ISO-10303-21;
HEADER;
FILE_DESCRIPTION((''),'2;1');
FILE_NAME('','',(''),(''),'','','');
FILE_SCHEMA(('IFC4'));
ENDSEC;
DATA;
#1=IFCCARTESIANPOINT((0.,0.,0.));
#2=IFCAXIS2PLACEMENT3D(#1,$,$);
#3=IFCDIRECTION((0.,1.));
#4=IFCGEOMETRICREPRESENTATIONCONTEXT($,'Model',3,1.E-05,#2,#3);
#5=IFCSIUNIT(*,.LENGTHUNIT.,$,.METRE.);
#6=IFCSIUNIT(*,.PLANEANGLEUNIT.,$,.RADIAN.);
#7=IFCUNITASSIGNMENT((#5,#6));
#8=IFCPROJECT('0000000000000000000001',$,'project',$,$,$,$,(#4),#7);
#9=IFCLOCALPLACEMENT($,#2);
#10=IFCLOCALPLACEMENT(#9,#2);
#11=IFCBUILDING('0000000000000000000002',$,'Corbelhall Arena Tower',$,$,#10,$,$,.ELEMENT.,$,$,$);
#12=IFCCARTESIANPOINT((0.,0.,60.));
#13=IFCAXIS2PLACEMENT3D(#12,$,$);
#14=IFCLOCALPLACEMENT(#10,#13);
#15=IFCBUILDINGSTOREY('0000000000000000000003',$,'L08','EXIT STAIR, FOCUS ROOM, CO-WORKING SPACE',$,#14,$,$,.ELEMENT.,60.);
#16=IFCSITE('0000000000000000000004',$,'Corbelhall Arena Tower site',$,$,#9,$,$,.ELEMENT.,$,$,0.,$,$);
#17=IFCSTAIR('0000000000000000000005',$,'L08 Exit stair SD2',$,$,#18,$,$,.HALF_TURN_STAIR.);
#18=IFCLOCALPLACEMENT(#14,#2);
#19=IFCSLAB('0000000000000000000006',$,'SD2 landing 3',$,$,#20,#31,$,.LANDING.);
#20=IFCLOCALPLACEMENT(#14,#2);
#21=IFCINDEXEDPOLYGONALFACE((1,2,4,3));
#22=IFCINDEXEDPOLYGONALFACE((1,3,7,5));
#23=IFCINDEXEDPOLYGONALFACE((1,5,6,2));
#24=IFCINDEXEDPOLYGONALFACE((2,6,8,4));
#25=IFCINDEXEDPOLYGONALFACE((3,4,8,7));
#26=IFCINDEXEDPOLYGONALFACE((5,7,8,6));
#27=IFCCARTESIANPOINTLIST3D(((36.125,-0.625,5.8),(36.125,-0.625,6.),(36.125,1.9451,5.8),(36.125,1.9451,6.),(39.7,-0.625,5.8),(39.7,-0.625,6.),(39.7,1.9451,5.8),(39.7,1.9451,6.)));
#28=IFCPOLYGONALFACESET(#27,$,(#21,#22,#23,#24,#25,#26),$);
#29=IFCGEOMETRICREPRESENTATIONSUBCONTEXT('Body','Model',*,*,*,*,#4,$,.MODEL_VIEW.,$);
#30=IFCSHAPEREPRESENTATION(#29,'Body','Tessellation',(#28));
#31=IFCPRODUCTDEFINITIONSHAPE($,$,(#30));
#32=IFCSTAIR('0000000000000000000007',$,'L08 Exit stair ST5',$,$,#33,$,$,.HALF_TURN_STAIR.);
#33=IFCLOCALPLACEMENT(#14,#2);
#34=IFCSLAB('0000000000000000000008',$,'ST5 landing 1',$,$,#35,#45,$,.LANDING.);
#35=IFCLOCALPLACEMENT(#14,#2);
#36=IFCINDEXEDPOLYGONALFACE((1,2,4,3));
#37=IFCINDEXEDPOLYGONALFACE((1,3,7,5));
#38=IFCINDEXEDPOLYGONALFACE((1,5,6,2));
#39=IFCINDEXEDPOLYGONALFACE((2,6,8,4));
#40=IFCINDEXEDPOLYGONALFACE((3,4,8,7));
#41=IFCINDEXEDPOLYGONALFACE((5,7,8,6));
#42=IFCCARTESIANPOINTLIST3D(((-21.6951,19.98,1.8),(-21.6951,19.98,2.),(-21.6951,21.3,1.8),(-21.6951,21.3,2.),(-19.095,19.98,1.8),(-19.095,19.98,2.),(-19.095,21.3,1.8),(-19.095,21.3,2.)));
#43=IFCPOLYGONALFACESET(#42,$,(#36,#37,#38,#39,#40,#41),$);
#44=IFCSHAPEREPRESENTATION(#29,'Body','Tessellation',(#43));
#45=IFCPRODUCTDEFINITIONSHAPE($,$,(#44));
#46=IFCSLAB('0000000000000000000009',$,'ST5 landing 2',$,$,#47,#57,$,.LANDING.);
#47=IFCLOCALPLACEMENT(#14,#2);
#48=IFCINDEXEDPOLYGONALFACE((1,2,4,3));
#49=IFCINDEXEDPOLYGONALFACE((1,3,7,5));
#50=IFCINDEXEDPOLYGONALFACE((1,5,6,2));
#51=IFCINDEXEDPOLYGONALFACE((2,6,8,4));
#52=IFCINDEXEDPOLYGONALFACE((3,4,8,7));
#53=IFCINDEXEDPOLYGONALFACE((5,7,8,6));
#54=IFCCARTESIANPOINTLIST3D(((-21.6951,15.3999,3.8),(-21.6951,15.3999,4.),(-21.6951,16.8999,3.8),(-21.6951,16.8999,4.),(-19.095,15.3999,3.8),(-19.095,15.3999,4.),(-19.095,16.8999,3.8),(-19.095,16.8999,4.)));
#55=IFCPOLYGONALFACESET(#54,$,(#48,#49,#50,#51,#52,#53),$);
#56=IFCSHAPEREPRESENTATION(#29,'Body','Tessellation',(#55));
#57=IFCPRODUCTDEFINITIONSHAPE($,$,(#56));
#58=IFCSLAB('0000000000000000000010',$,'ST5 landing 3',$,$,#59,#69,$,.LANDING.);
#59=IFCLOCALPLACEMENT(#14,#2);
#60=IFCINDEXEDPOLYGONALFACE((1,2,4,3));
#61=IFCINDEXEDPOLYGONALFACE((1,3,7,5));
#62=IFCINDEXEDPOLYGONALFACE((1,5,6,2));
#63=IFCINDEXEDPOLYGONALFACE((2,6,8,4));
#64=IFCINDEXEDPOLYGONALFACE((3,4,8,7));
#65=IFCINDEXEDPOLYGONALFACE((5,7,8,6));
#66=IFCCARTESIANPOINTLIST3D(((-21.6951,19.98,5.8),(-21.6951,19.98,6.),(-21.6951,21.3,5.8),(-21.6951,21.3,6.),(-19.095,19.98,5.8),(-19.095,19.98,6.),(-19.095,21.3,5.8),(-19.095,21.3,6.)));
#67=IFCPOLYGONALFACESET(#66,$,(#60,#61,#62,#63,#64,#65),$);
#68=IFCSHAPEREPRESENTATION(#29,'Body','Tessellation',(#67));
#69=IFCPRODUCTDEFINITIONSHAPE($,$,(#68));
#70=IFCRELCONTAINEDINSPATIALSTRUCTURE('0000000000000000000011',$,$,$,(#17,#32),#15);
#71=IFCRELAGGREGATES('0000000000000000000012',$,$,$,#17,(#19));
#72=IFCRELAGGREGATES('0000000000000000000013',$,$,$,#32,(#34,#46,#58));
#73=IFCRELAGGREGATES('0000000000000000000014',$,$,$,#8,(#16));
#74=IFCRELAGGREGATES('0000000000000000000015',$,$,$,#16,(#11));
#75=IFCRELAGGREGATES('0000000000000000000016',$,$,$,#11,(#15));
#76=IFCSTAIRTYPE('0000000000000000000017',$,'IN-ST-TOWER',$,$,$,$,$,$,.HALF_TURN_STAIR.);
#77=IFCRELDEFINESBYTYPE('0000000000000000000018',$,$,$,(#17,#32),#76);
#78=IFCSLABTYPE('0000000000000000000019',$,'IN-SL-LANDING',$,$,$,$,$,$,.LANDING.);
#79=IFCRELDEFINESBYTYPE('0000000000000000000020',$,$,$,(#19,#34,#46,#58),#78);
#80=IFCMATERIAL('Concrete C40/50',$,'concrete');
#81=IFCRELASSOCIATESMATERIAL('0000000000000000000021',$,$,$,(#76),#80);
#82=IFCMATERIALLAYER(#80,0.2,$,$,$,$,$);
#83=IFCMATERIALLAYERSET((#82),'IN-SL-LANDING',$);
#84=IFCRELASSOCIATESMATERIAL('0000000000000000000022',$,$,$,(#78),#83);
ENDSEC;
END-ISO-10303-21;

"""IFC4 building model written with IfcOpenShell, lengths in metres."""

from ifc_helpers import new_model, si_unit, direction, frame, origin, place, context, subcontext, project, spatial, polyline, outline, extrude, material, layer, layer_set, type_object, element, aggregate, save


model = new_model("IFC4")

# Units and contexts
model_context = context("Model", 3, precision=1e-05, world=origin(), true_north=direction((0.0, 1.0)))
body_context = subcontext(model_context, "Body", "Model", "MODEL_VIEW")
ifc_project = project(units=[si_unit("LENGTHUNIT", "METRE"), si_unit("PLANEANGLEUNIT", "RADIAN")], contexts=[model_context])

# Site, building, storey
site_placement = place(None, origin())
site = spatial("IfcSite", under=ifc_project, at=site_placement, Name="Corbelhall Arena Tower site", CompositionType="ELEMENT", RefElevation=0.0)
building_placement = place(site_placement, origin())
building = spatial("IfcBuilding", under=site, at=building_placement, Name="Corbelhall Arena Tower", CompositionType="ELEMENT")
storey_placement = place(building_placement, frame((0.0, 0.0, 60.0)))
storey = spatial("IfcBuildingStorey", under=building, at=storey_placement, Name="L08", Description="EXIT STAIR, FOCUS ROOM, CO-WORKING SPACE", CompositionType="ELEMENT", Elevation=60.0)

# Stairs, slabs
ifc_material_1 = material(Name="Concrete C40/50", Category="concrete")
stair_type = type_object("IfcStairType", Name="IN-ST-TOWER", PredefinedType="HALF_TURN_STAIR", material=ifc_material_1)
stair_1_placement = place(storey_placement, origin())
stair_1 = element("IfcStair", 1, at=stair_1_placement, inside=storey, type_object=stair_type, Name="L08 Exit stair SD2", PredefinedType="HALF_TURN_STAIR")
ifc_layer_1 = layer(ifc_material_1, 0.2)
ifc_layer_set_1 = layer_set([ifc_layer_1], Name="IN-SL-LANDING")
slab_type_1 = type_object("IfcSlabType", Name="IN-SL-LANDING", PredefinedType="LANDING", material=ifc_layer_set_1)
slab_1_placement = place(storey_placement, frame((0.0, 0.0, 5.8)))
slab_1 = element("IfcSlab", 2, at=slab_1_placement, type_object=slab_type_1, Name="SD2 landing 3", PredefinedType="LANDING", context=body_context, shape_type="SweptSolid", body=[
    extrude(outline(polyline([(36.125, 1.9451), (36.125, -0.625), (39.7, -0.625), (39.7, 1.9451), (36.125, 1.9451)])), origin(), (0.0, 0.0, 1.0), 0.2),
])
aggregate(stair_1, [slab_1])
stair_2_placement = place(storey_placement, origin())
stair_2 = element("IfcStair", 3, at=stair_2_placement, inside=storey, type_object=stair_type, Name="L08 Exit stair ST5", PredefinedType="HALF_TURN_STAIR")
slab_2_placement = place(storey_placement, frame((0.0, 0.0, 1.8)))
slab_2 = element("IfcSlab", 4, at=slab_2_placement, type_object=slab_type_1, Name="ST5 landing 1", PredefinedType="LANDING", context=body_context, shape_type="SweptSolid", body=[
    extrude(outline(polyline([(-19.095, 19.98), (-19.095, 21.3), (-21.6951, 21.3), (-21.6951, 19.98), (-19.095, 19.98)])), origin(), (0.0, 0.0, 1.0), 0.2),
])
slab_3_placement = place(storey_placement, frame((0.0, 0.0, 3.8)))
slab_3 = element("IfcSlab", 5, at=slab_3_placement, type_object=slab_type_1, Name="ST5 landing 2", PredefinedType="LANDING", context=body_context, shape_type="SweptSolid", body=[
    extrude(outline(polyline([(-19.095, 15.3999), (-19.095, 16.8999), (-21.6951, 16.8999), (-21.6951, 15.3999), (-19.095, 15.3999)])), origin(), (0.0, 0.0, 1.0), 0.2),
])
slab_4_placement = place(storey_placement, frame((0.0, 0.0, 5.8)))
slab_4 = element("IfcSlab", 6, at=slab_4_placement, type_object=slab_type_1, Name="ST5 landing 3", PredefinedType="LANDING", context=body_context, shape_type="SweptSolid", body=[
    extrude(outline(polyline([(-19.095, 19.98), (-19.095, 21.3), (-21.6951, 21.3), (-21.6951, 19.98), (-19.095, 19.98)])), origin(), (0.0, 0.0, 1.0), 0.2),
])
aggregate(stair_2, [slab_2, slab_3, slab_4])

save(model, "model.ifc")
